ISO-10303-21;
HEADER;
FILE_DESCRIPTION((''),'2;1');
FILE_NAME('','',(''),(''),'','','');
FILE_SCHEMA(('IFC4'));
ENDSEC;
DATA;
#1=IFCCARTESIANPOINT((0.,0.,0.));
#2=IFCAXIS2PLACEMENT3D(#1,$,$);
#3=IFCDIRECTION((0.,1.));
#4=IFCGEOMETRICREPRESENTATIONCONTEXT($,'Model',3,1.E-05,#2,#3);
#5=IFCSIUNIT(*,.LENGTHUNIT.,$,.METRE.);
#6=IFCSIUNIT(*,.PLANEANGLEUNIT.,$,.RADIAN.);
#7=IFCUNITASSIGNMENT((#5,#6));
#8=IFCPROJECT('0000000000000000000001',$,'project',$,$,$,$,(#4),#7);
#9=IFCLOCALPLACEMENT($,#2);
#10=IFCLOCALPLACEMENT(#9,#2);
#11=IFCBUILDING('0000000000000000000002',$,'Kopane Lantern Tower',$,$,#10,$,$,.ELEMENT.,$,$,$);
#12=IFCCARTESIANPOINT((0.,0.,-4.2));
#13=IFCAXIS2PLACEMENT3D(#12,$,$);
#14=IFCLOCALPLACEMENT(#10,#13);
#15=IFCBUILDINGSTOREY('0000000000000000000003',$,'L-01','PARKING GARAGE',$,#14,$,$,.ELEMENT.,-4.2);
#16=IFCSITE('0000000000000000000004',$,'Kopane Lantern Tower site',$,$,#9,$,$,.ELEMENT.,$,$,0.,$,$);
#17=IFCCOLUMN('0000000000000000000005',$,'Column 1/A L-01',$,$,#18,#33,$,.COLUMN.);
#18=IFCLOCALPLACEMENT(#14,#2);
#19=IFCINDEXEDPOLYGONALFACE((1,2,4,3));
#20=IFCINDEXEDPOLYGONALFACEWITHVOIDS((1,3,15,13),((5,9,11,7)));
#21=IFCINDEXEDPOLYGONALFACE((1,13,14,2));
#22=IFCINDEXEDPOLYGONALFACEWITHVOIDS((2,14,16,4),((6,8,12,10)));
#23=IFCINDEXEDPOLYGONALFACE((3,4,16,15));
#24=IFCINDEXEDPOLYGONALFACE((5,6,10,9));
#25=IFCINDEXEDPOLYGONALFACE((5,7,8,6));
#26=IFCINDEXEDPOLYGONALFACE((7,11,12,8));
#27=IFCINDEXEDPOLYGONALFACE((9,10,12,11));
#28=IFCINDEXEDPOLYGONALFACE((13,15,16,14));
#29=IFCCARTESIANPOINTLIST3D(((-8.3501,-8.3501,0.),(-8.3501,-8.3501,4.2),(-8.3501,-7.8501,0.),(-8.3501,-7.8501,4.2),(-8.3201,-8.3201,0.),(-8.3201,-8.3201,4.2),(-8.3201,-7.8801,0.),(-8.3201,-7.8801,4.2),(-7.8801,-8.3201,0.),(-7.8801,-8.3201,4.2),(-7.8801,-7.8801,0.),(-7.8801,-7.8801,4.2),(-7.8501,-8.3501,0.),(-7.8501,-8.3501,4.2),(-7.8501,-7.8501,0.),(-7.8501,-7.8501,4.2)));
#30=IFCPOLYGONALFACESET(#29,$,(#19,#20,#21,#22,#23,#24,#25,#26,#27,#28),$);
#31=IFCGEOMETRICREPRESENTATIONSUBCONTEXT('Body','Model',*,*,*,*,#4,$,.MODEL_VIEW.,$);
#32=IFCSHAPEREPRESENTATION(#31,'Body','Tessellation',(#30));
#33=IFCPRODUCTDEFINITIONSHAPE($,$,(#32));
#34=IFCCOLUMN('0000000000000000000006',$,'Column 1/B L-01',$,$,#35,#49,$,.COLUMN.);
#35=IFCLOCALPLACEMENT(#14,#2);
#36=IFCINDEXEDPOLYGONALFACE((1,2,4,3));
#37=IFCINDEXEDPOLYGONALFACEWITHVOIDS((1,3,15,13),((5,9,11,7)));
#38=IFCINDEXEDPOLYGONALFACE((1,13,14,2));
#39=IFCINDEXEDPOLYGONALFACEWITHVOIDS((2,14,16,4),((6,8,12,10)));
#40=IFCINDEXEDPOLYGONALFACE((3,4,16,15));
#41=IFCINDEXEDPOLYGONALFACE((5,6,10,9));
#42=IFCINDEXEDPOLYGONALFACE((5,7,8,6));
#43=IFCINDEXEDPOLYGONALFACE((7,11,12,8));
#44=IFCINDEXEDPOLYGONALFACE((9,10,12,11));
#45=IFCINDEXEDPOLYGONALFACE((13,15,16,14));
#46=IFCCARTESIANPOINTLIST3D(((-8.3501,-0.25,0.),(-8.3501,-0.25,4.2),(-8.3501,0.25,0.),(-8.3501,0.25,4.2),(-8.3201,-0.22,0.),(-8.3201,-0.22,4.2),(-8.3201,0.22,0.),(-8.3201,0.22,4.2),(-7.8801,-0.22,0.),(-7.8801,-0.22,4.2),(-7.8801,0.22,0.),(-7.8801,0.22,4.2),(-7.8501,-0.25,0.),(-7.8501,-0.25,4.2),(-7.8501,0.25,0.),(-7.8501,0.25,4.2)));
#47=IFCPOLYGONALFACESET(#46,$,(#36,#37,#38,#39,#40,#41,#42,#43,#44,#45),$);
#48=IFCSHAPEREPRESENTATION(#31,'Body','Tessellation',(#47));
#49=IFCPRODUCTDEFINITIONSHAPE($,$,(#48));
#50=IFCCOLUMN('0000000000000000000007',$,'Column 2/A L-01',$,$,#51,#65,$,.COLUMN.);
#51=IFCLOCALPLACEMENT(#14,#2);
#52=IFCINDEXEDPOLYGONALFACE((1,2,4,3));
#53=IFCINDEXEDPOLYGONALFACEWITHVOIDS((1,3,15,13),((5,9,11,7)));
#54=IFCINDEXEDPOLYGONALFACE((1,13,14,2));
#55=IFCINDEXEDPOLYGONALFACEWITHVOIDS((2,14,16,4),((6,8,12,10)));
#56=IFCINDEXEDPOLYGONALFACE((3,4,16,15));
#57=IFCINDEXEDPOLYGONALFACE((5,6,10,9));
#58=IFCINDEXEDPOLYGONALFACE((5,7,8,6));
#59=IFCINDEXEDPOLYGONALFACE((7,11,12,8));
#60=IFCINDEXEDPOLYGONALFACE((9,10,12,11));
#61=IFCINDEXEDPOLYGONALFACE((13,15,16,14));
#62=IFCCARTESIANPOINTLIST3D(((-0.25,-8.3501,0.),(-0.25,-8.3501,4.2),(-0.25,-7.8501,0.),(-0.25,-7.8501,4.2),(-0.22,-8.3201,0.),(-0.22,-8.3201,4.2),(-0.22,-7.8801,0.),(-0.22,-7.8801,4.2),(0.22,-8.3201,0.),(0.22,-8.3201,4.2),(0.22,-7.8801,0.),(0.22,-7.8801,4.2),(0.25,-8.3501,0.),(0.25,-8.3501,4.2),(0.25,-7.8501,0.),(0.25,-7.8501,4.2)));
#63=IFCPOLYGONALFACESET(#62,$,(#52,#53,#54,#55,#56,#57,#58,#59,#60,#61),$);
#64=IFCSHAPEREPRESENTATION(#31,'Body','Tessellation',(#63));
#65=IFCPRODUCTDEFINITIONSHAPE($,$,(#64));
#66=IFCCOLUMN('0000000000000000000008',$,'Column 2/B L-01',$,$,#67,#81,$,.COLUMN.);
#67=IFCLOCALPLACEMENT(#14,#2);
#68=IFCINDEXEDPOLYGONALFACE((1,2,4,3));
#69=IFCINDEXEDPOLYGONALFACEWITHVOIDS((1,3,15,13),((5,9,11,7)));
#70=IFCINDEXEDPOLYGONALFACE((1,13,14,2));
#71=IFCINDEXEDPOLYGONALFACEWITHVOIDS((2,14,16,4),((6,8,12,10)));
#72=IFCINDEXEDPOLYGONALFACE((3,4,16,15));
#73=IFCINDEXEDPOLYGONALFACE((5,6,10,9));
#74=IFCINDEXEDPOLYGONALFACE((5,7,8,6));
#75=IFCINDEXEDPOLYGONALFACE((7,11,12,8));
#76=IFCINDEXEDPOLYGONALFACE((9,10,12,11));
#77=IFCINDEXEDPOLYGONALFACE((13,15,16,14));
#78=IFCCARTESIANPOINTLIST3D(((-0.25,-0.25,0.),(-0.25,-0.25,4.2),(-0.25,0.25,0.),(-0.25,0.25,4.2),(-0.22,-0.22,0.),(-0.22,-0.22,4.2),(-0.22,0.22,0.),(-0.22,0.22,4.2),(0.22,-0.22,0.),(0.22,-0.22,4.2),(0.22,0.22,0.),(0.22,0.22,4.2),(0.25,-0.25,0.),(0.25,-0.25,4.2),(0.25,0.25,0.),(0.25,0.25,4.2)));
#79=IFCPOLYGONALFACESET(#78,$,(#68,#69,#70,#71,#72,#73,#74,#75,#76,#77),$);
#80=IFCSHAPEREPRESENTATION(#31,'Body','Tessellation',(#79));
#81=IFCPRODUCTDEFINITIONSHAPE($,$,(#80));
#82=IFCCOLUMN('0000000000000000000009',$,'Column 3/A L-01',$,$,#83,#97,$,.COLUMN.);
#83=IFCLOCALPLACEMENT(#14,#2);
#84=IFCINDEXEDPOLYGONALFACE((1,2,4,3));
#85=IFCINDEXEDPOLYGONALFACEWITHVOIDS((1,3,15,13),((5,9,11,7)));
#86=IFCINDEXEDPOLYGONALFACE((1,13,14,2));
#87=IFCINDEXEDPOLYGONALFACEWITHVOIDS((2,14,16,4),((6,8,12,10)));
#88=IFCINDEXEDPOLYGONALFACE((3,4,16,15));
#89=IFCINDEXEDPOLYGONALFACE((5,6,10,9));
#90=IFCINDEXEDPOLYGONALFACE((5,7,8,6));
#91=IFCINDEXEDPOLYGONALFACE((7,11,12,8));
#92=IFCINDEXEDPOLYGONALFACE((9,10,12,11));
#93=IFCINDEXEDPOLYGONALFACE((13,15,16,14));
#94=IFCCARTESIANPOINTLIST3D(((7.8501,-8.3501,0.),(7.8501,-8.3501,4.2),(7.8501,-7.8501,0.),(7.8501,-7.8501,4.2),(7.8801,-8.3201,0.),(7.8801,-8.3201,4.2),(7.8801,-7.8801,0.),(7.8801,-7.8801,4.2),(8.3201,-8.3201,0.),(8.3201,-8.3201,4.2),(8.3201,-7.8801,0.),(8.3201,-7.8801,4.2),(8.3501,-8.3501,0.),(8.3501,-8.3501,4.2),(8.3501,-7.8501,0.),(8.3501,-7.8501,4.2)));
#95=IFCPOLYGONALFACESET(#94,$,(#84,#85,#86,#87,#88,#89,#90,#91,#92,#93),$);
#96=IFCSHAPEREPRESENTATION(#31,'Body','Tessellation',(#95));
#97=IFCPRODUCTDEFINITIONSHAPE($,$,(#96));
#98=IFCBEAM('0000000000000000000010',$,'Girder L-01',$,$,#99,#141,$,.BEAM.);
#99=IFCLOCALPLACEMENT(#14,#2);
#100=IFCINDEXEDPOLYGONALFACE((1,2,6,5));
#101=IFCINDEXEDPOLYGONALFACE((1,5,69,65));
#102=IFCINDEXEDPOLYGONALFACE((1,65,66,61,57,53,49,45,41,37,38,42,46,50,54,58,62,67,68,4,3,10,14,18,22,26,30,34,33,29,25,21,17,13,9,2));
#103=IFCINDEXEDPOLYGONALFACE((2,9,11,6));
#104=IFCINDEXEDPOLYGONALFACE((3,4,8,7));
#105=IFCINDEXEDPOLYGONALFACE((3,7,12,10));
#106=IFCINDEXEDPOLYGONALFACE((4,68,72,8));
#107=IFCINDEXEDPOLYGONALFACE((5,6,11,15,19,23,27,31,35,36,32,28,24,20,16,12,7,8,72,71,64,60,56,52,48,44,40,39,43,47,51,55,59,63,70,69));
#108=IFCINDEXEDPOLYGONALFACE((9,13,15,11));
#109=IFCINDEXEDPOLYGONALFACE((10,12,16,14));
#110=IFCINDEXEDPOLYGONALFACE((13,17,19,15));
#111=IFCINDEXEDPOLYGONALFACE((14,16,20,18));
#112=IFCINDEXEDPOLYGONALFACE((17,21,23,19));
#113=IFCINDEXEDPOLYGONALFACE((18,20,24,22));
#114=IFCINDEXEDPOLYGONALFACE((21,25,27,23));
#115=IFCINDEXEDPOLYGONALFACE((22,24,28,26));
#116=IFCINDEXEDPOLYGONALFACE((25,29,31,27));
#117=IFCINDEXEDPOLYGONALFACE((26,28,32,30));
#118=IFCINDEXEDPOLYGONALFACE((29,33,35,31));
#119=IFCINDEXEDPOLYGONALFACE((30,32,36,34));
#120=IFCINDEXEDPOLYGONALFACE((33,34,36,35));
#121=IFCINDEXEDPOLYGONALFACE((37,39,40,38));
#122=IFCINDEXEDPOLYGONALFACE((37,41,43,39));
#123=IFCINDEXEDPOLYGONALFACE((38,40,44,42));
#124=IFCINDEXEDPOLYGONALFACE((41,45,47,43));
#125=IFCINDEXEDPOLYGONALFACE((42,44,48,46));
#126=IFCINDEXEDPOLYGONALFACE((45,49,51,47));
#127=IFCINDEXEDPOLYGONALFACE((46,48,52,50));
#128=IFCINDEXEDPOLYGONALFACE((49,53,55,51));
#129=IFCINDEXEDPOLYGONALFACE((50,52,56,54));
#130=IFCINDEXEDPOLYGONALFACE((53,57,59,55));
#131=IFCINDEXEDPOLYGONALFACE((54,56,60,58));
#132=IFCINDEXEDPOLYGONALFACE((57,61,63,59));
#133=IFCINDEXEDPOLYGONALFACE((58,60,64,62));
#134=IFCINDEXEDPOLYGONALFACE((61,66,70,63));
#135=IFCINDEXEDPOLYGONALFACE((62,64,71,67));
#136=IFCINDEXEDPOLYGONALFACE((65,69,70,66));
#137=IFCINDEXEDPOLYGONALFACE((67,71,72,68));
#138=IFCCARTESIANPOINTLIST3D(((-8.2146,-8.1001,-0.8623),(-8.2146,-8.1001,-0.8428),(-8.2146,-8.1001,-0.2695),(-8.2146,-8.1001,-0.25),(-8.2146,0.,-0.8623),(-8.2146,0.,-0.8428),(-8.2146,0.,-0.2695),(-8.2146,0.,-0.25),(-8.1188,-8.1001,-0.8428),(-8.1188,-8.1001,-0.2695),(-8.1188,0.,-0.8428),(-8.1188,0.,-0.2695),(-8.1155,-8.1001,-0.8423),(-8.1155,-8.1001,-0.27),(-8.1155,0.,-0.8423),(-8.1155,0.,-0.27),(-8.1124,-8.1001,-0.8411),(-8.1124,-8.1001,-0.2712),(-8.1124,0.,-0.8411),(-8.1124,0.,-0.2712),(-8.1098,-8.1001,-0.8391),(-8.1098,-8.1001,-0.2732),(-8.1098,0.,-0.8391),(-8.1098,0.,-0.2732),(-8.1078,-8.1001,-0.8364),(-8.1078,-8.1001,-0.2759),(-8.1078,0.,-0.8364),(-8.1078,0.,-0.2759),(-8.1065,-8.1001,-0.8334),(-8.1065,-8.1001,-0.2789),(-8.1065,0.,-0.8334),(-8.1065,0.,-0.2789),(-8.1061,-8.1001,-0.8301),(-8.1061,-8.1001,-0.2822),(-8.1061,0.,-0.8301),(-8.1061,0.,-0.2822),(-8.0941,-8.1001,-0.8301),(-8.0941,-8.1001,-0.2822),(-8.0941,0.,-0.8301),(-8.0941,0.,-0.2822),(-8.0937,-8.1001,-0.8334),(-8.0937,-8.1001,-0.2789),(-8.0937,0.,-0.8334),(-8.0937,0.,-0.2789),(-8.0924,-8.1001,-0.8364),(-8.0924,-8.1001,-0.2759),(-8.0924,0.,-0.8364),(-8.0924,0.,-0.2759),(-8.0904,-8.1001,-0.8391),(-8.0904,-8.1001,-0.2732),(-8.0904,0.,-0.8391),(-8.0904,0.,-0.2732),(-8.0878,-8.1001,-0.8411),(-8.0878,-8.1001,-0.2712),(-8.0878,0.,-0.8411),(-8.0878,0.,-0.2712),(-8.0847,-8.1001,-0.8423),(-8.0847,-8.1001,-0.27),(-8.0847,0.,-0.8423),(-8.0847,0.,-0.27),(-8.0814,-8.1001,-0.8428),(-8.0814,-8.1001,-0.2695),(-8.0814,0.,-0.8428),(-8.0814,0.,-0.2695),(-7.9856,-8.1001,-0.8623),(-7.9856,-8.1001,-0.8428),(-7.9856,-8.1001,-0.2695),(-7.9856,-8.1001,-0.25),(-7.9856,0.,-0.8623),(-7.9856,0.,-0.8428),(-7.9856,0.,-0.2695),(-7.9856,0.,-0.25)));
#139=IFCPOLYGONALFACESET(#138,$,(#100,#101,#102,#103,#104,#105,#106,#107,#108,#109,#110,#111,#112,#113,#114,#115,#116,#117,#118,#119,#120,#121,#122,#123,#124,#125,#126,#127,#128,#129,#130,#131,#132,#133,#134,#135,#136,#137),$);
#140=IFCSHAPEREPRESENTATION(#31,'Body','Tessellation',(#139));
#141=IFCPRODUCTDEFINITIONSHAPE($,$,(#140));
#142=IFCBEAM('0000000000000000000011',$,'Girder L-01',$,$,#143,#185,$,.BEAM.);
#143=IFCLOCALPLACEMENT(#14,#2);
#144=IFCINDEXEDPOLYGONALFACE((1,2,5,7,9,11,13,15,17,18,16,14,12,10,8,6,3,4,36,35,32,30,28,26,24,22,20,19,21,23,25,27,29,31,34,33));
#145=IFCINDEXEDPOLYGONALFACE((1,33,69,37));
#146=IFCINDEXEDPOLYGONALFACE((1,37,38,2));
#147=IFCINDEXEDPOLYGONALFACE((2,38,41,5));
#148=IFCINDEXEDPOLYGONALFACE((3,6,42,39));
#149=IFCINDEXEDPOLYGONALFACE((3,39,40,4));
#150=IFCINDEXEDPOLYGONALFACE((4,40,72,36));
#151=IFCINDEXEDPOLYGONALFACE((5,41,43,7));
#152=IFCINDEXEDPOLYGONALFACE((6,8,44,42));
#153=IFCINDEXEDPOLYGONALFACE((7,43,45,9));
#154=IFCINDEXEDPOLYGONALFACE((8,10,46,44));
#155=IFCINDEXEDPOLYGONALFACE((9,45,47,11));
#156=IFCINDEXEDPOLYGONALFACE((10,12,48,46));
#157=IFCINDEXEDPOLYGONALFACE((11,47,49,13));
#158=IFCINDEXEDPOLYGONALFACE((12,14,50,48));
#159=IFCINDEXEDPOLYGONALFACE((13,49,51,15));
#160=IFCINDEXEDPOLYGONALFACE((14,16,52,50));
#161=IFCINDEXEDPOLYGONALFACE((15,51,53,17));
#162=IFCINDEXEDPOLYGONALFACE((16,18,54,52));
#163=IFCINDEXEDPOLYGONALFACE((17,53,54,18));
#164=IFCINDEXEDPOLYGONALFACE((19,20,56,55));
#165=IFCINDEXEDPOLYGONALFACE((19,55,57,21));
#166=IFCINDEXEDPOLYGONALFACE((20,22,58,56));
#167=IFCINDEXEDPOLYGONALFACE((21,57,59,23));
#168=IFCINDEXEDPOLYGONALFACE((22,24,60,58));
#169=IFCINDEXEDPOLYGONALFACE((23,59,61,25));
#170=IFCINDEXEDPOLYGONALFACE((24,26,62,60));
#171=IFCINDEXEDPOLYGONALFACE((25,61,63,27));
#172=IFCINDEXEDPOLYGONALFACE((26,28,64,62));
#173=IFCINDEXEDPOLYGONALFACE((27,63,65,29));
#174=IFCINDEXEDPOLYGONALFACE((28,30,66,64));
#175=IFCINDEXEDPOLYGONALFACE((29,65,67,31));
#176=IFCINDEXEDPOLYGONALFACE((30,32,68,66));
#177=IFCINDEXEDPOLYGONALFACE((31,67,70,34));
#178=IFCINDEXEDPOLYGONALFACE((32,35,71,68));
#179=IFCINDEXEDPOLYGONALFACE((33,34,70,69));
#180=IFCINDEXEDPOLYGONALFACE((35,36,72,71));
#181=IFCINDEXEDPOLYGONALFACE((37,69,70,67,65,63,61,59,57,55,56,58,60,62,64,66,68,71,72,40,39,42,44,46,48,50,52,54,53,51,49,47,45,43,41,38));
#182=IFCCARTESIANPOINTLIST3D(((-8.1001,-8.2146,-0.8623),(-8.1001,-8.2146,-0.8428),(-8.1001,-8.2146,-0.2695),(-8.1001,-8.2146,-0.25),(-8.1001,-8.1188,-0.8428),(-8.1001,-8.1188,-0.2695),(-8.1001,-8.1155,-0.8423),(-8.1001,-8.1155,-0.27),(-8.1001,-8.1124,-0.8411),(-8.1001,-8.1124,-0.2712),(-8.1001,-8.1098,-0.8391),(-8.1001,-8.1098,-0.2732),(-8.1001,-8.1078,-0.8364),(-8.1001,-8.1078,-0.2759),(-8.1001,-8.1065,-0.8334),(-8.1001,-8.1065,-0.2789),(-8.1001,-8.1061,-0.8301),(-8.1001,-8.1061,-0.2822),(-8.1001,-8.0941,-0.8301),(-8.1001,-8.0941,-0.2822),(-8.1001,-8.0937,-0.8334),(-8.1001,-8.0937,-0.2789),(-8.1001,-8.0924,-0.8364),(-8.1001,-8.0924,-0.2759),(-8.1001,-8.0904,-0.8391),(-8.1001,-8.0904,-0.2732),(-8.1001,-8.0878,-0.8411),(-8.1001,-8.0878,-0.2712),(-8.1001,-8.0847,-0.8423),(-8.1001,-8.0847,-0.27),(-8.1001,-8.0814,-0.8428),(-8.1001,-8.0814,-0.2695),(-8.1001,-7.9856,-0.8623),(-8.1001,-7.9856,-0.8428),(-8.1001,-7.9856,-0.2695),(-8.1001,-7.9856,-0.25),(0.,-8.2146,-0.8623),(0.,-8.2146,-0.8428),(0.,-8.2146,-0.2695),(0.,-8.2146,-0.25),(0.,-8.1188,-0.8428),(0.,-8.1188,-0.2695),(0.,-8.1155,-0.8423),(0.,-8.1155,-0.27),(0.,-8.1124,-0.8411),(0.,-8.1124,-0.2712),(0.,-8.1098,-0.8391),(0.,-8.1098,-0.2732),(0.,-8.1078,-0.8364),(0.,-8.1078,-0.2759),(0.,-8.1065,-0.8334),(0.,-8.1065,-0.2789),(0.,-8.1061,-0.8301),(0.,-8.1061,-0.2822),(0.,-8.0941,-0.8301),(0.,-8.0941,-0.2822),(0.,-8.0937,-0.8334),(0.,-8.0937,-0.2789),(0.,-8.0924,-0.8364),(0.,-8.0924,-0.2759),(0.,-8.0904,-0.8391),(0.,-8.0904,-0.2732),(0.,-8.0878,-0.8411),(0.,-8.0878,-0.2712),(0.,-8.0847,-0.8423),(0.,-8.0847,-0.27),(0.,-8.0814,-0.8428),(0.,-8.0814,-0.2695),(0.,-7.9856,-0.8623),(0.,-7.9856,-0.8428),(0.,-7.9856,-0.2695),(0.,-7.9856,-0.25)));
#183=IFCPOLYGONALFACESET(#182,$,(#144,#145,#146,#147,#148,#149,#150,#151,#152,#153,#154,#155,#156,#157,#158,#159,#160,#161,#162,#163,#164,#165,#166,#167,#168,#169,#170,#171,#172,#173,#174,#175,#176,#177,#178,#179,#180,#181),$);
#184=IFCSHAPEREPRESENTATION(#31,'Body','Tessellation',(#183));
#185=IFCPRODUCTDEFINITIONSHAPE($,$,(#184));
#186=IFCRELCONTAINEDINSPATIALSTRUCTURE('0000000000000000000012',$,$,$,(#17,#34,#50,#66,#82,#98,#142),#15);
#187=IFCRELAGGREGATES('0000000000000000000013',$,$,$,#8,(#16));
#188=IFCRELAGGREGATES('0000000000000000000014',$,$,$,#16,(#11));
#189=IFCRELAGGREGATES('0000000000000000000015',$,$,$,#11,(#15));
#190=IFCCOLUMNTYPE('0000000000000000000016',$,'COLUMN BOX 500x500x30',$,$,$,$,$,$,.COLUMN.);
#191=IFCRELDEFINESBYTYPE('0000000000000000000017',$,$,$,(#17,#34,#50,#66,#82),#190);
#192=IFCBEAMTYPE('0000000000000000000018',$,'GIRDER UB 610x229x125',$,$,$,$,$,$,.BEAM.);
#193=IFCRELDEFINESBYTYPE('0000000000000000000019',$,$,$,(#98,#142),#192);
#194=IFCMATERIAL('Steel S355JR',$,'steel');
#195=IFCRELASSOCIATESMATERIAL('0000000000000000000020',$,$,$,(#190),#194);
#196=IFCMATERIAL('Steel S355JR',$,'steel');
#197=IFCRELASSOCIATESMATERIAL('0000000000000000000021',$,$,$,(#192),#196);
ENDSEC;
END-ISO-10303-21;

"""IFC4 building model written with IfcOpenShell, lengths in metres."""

from ifc_helpers import new_model, si_unit, direction, frame, origin, origin_2d, place, context, subcontext, project, spatial, hollow_rectangle, i_section, extrude, material, material_profile, profile_set, type_object, element, save


model = new_model("IFC4")

# Units and contexts
model_context = context("Model", 3, precision=1e-05, world=origin(), true_north=direction((0.0, 1.0)))
body_context = subcontext(model_context, "Body", "Model", "MODEL_VIEW")
ifc_project = project(units=[si_unit("LENGTHUNIT", "METRE"), si_unit("PLANEANGLEUNIT", "RADIAN")], contexts=[model_context])

# Site, building, storey
site_placement = place(None, origin())
site = spatial("IfcSite", under=ifc_project, at=site_placement, Name="Kopane Lantern Tower site", CompositionType="ELEMENT", RefElevation=0.0)
building_placement = place(site_placement, origin())
building = spatial("IfcBuilding", under=site, at=building_placement, Name="Kopane Lantern Tower", CompositionType="ELEMENT")
storey_placement = place(building_placement, frame((0.0, 0.0, -4.2)))
storey = spatial("IfcBuildingStorey", under=building, at=storey_placement, Name="L-01", Description="PARKING GARAGE", CompositionType="ELEMENT", Elevation=-4.2)

# Columns
ifc_material_1 = material(Name="Steel S355JR", Category="steel")
ifc_material_profile_1 = material_profile(ifc_material_1, hollow_rectangle(XDim=0.5, YDim=0.5, WallThickness=0.03, at=origin_2d()), Name="BOX 500x500x30")
ifc_profile_set_1 = profile_set([ifc_material_profile_1], Name="Steel S355JR")
column_type = type_object("IfcColumnType", Name="COLUMN BOX 500x500x30", PredefinedType="COLUMN", material=ifc_profile_set_1)
for number, where, z_axis, x_axis, name in (
    (1, (-8.1001, -8.1001, 0.0), (0.0, 0.0, 1.0), (1.0, 0.0, 0.0), "Column 1/A L-01"),
    (2, (-8.1001, 0.0, 0.0), (0.0, 0.0, 1.0), (1.0, 0.0, 0.0), "Column 1/B L-01"),
    (3, (0.0, -8.1001, 0.0), (0.0, 0.0, 1.0), (1.0, 0.0, 0.0), "Column 2/A L-01"),
    (4, (0.0, 0.0, 0.0), (0.0, 0.0, 1.0), (1.0, 0.0, 0.0), "Column 2/B L-01"),
    (5, (8.1001, -8.1001, 0.0), (0.0, 0.0, 1.0), (1.0, 0.0, 0.0), "Column 3/A L-01"),
):
    element("IfcColumn", number, at=place(storey_placement, frame(where, z_axis=z_axis, x_axis=x_axis)), inside=storey, type_object=column_type, Name=name, PredefinedType="COLUMN", context=body_context, shape_type="SweptSolid", body=[
        extrude(hollow_rectangle(XDim=0.5, YDim=0.5, WallThickness=0.03, at=origin_2d()), origin(), (0.0, 0.0, 1.0), 4.2),
    ])

# Beams
ifc_material_2 = material(Name="Steel S355JR", Category="steel")
ifc_material_profile_2 = material_profile(ifc_material_2, i_section(OverallWidth=0.229, OverallDepth=0.6123, WebThickness=0.012, FlangeThickness=0.0195, FilletRadius=0.0127, at=origin_2d()), Name="UB 610x229x125")
ifc_profile_set_2 = profile_set([ifc_material_profile_2], Name="Steel S355JR")
beam_type = type_object("IfcBeamType", Name="GIRDER UB 610x229x125", PredefinedType="BEAM", material=ifc_profile_set_2)
for number, where, z_axis, x_axis, name in (
    (6, (-8.1001, -8.1001, -0.5562), (0.0, 1.0, 0.0), (-1.0, 0.0, 0.0), "Girder L-01"),
    (7, (-8.1001, -8.1001, -0.5562), (1.0, 0.0, 0.0), (0.0, 1.0, 0.0), "Girder L-01"),
):
    element("IfcBeam", number, at=place(storey_placement, frame(where, z_axis=z_axis, x_axis=x_axis)), inside=storey, type_object=beam_type, Name=name, PredefinedType="BEAM", context=body_context, shape_type="SweptSolid", body=[
        extrude(i_section(OverallWidth=0.229, OverallDepth=0.6123, WebThickness=0.012, FlangeThickness=0.0195, FilletRadius=0.0127, at=origin_2d()), origin(), (0.0, 0.0, 1.0), 8.1001),
    ])

save(model, "model.ifc")
